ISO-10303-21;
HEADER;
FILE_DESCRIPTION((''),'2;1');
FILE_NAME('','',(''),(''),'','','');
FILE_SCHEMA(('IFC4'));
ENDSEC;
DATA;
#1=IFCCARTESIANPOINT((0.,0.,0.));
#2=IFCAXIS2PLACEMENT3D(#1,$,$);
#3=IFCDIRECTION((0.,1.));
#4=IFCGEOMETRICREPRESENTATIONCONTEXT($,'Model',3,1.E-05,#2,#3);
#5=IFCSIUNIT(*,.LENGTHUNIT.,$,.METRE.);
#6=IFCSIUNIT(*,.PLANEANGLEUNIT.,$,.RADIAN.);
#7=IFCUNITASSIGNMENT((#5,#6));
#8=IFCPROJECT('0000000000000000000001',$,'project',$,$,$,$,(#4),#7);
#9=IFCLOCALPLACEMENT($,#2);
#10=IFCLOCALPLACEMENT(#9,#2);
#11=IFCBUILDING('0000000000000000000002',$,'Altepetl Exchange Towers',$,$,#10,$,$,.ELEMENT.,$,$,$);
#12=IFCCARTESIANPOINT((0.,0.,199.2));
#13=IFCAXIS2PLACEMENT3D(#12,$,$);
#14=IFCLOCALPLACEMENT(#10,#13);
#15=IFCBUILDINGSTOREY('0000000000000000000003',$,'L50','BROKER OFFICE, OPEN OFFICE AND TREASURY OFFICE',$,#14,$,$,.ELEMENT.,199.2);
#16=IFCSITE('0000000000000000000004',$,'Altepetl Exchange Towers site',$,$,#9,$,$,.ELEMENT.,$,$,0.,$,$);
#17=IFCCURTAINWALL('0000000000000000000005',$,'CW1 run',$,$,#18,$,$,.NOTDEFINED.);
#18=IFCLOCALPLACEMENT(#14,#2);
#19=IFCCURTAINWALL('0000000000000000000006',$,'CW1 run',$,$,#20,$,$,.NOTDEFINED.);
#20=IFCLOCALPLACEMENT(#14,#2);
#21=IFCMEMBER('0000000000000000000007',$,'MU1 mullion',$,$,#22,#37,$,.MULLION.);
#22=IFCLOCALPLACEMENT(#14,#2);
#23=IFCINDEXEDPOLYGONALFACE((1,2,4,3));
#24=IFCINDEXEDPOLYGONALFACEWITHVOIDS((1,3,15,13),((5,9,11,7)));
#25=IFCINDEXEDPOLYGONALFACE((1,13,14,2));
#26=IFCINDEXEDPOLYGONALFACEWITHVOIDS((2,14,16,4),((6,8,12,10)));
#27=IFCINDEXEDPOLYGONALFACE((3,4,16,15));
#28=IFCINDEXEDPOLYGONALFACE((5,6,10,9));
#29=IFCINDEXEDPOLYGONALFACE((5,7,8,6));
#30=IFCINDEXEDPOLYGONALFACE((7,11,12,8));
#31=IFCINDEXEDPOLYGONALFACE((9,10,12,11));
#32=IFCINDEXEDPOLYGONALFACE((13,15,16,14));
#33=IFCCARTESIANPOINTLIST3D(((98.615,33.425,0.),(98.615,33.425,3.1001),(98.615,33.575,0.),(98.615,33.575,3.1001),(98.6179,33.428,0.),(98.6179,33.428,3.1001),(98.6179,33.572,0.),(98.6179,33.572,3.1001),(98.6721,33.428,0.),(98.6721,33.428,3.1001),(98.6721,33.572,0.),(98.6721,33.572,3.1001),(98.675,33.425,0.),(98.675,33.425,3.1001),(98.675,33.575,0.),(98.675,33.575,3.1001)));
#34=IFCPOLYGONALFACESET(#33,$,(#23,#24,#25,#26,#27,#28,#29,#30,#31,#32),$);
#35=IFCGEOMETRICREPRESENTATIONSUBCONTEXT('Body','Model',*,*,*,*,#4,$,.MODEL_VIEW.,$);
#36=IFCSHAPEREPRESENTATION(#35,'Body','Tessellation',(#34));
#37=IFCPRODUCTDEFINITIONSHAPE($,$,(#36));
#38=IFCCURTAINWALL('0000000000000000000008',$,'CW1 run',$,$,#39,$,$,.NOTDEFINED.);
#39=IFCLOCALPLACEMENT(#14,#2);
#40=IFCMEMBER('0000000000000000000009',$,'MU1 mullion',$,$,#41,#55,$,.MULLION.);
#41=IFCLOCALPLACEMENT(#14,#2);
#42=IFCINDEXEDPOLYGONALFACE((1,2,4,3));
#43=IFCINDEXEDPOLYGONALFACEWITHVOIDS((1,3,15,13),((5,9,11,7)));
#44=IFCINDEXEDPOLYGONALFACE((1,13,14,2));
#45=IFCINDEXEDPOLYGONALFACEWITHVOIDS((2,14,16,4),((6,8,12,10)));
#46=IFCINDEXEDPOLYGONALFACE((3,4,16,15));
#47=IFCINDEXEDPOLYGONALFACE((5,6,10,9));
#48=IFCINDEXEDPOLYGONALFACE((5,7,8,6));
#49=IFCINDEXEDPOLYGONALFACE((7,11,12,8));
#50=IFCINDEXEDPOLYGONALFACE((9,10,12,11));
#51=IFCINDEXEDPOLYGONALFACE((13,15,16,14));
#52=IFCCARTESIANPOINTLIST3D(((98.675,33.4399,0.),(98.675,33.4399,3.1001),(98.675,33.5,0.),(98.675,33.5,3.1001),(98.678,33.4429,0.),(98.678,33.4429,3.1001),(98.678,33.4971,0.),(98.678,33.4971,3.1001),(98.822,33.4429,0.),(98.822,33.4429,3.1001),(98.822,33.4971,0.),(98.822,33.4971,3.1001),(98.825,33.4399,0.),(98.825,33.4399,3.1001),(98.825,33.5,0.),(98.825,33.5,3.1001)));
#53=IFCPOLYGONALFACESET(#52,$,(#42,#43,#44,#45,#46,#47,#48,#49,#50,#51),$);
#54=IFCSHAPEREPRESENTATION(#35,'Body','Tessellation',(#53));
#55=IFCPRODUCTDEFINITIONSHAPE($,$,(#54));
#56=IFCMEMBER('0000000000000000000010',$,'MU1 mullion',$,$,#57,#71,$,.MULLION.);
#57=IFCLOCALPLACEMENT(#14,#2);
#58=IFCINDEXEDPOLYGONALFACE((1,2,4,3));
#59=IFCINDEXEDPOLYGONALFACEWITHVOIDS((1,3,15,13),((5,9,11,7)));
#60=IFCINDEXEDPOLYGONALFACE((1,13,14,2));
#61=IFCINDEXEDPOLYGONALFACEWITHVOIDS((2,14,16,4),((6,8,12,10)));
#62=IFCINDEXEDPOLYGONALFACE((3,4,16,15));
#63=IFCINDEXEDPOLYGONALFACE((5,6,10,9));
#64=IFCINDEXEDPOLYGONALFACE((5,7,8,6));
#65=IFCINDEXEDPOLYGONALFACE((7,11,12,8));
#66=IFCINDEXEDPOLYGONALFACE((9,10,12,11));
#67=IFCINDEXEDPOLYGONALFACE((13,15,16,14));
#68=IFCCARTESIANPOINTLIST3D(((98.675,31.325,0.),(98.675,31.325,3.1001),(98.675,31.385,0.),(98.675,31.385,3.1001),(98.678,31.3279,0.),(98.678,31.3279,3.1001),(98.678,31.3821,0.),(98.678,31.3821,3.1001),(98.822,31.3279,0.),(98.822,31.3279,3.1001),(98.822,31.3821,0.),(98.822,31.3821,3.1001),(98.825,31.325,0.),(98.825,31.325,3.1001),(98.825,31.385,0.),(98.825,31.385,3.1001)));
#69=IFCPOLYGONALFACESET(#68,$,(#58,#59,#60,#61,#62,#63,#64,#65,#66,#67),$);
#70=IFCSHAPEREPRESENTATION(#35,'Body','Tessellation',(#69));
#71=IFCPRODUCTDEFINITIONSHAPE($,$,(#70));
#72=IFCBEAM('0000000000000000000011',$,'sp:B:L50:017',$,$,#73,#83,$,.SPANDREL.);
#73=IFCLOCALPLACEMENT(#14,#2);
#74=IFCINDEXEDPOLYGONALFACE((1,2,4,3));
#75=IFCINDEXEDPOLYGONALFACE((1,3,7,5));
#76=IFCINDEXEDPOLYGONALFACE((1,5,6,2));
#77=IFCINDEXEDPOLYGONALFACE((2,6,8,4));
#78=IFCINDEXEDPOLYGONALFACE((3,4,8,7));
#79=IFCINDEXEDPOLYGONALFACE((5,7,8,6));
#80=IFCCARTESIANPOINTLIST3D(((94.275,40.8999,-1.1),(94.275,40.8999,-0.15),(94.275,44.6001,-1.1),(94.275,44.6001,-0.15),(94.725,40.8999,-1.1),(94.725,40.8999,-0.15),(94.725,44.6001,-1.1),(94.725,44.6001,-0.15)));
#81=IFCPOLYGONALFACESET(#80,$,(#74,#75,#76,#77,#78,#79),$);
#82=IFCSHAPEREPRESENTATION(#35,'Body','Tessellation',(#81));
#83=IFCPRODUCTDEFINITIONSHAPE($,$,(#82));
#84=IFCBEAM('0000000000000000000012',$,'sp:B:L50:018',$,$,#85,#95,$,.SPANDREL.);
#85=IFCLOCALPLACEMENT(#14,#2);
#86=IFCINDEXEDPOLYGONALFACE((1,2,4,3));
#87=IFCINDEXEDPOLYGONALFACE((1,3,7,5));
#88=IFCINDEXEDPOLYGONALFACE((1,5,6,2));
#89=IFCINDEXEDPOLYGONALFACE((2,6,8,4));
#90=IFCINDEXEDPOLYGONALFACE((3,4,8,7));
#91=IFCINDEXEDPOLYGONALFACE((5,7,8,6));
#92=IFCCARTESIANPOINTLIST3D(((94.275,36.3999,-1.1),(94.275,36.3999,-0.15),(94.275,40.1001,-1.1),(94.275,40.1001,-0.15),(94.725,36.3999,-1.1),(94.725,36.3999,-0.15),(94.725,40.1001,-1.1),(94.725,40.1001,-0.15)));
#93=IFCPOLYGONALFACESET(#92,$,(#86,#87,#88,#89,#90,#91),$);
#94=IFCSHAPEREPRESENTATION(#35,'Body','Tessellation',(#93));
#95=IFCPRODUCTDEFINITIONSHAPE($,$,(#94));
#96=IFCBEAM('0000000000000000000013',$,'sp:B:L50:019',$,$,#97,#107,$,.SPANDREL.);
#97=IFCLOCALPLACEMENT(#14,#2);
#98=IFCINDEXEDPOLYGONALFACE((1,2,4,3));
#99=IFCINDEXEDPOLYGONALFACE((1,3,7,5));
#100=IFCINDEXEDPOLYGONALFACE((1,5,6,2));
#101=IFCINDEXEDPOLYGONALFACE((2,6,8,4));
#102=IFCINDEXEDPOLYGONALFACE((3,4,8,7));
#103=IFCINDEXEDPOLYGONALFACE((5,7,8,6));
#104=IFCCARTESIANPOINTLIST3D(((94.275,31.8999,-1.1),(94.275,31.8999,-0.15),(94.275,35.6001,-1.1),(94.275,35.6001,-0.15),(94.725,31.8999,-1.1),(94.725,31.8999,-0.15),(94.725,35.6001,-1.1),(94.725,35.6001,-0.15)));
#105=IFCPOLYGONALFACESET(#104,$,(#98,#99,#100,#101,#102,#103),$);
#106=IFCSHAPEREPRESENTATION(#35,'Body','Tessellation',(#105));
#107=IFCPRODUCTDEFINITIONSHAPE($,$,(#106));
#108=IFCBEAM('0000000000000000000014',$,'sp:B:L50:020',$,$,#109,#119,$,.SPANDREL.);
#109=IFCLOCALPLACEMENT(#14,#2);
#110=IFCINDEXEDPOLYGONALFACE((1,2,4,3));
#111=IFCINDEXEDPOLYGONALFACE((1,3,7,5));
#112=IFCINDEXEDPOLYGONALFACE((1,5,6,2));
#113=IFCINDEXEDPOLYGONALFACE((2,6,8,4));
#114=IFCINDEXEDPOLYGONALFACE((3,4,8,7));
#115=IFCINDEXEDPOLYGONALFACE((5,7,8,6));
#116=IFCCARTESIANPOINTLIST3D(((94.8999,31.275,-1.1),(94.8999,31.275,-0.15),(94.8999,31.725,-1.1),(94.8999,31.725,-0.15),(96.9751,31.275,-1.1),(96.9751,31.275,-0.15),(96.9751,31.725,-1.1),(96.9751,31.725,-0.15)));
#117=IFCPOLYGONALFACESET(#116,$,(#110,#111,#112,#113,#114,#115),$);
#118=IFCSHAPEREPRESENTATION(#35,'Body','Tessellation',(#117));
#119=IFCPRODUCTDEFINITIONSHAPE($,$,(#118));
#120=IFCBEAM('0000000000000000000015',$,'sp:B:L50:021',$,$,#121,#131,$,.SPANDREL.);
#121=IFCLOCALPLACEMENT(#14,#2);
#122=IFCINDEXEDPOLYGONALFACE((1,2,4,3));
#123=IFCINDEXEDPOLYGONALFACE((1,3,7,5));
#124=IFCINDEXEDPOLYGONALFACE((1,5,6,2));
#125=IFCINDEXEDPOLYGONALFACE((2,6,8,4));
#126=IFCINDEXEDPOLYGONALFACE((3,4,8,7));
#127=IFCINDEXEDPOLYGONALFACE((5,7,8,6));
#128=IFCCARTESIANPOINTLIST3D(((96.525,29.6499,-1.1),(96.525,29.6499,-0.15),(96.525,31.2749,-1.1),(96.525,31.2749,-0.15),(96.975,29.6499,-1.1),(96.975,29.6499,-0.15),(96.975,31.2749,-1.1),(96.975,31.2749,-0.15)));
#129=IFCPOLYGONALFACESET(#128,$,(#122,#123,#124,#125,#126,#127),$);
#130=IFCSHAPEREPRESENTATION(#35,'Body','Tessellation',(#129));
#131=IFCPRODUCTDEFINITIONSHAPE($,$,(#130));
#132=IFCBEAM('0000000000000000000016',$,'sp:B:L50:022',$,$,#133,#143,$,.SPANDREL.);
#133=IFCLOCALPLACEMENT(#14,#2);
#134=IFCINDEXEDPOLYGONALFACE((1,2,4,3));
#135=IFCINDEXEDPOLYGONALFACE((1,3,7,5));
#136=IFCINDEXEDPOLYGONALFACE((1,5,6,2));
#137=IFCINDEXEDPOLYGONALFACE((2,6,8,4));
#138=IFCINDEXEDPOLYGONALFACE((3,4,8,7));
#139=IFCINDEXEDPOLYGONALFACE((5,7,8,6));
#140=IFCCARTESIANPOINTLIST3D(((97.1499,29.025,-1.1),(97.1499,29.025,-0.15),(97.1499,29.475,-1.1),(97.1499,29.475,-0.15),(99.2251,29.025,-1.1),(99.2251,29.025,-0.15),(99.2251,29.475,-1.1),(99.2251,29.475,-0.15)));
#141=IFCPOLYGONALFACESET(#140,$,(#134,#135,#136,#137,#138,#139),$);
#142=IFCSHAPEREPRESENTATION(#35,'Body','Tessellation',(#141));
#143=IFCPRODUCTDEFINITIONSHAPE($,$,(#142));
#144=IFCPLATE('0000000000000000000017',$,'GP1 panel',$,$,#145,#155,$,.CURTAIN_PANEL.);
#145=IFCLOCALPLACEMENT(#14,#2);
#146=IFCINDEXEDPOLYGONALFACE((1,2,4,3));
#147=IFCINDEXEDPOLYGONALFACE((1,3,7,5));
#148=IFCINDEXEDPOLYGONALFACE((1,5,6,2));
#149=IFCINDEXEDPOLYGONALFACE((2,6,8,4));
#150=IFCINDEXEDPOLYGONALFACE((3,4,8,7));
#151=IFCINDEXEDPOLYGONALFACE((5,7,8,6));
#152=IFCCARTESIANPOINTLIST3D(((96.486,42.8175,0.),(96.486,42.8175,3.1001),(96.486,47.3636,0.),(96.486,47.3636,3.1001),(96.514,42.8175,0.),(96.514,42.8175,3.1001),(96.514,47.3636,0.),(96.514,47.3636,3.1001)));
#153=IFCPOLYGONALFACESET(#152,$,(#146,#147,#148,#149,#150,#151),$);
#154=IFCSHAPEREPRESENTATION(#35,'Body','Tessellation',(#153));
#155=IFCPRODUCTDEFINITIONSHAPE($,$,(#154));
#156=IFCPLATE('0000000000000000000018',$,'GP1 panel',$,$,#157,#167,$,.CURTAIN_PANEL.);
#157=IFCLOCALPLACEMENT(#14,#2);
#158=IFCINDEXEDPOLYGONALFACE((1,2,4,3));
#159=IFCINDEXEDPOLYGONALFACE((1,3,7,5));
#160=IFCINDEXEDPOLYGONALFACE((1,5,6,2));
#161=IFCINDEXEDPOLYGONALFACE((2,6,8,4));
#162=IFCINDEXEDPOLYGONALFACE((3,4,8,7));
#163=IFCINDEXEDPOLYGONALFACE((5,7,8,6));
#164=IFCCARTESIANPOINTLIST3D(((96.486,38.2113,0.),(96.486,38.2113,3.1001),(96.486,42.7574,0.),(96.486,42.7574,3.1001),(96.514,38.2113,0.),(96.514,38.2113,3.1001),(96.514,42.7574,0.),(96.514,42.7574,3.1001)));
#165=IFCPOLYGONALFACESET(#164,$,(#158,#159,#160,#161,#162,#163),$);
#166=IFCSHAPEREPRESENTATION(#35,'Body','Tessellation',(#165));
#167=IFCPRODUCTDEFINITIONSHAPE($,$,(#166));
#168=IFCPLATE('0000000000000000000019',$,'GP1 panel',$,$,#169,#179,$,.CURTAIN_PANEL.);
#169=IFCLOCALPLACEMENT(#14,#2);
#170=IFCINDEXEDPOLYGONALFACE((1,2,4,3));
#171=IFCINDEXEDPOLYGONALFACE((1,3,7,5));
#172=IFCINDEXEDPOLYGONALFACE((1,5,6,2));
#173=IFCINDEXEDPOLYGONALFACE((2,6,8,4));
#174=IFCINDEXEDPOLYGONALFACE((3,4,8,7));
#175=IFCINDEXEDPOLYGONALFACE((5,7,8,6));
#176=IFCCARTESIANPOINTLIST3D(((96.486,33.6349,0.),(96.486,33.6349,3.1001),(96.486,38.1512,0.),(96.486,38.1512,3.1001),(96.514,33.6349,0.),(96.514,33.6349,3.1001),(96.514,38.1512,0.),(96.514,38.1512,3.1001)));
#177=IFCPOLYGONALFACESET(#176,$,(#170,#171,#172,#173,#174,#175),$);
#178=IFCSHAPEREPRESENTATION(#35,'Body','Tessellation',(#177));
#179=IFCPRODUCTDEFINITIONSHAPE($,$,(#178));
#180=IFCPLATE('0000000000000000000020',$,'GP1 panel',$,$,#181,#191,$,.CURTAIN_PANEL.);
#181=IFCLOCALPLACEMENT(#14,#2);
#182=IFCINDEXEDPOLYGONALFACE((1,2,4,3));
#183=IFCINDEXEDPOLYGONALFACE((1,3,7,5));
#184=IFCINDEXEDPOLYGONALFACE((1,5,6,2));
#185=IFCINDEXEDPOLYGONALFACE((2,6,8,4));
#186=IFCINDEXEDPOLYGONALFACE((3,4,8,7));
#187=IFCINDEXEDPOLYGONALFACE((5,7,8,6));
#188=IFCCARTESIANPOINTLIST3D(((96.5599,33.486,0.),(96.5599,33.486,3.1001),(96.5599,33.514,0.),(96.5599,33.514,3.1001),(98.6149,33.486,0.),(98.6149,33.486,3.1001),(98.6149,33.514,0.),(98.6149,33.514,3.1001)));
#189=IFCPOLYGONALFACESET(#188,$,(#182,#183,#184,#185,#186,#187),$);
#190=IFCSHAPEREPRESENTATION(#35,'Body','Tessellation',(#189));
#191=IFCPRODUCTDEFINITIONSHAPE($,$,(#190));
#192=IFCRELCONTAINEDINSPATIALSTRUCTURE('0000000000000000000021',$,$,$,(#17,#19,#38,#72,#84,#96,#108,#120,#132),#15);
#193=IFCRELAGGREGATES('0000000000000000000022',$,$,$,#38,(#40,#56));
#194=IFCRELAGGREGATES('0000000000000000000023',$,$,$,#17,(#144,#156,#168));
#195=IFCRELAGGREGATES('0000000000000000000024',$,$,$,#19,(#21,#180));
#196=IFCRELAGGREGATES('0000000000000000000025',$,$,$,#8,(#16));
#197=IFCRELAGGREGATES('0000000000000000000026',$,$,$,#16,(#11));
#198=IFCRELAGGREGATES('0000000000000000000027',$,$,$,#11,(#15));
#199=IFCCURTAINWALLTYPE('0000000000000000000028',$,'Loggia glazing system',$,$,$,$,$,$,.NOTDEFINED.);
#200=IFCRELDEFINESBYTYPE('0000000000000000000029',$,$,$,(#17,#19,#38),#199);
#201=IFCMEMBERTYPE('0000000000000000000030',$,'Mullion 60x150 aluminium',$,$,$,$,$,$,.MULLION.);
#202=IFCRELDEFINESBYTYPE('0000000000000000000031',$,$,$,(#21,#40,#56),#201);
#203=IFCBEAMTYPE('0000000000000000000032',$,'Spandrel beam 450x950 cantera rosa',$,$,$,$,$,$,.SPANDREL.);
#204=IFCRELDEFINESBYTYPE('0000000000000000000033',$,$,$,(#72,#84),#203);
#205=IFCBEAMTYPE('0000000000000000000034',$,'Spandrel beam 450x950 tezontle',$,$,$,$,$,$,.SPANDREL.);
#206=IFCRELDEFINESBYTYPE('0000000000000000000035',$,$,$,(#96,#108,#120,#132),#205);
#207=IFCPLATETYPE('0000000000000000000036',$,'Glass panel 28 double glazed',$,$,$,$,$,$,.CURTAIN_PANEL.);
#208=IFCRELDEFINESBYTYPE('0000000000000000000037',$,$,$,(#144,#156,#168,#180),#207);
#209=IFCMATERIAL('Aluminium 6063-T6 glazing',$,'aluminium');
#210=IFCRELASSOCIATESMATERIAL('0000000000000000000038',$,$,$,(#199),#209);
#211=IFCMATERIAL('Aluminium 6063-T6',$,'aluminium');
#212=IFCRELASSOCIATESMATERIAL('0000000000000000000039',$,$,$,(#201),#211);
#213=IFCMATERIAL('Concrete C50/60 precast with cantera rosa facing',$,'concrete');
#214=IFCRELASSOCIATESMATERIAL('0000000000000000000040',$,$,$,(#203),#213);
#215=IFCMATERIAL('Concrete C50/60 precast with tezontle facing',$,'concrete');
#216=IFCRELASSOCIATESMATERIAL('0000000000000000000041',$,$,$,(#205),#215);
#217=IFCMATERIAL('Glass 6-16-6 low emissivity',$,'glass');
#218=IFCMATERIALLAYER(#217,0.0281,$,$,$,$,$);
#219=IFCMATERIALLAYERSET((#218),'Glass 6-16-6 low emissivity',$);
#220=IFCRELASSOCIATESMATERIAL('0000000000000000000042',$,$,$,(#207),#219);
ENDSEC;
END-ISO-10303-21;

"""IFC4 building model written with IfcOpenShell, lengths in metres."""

from ifc_helpers import new_model, si_unit, direction, frame, origin, origin_2d, place, context, subcontext, project, spatial, rectangle, hollow_rectangle, extrude, material, layer, layer_set, material_profile, profile_set, type_object, element, aggregate, save


model = new_model("IFC4")

# Units and contexts
model_context = context("Model", 3, precision=1e-05, world=origin(), true_north=direction((0.0, 1.0)))
body_context = subcontext(model_context, "Body", "Model", "MODEL_VIEW")
ifc_project = project(units=[si_unit("LENGTHUNIT", "METRE"), si_unit("PLANEANGLEUNIT", "RADIAN")], contexts=[model_context])

# Site, building, storey
site_placement = place(None, origin())
site = spatial("IfcSite", under=ifc_project, at=site_placement, Name="Altepetl Exchange Towers site", CompositionType="ELEMENT", RefElevation=0.0)
building_placement = place(site_placement, origin())
building = spatial("IfcBuilding", under=site, at=building_placement, Name="Altepetl Exchange Towers", CompositionType="ELEMENT")
storey_placement = place(building_placement, frame((0.0, 0.0, 199.2)))
storey = spatial("IfcBuildingStorey", under=building, at=storey_placement, Name="L50", Description="BROKER OFFICE, OPEN OFFICE AND TREASURY OFFICE", CompositionType="ELEMENT", Elevation=199.2)

# Curtain walls, members
ifc_material_1 = material(Name="Aluminium 6063-T6 glazing", Category="aluminium")
curtain_wall_type = type_object("IfcCurtainWallType", Name="Loggia glazing system", PredefinedType="NOTDEFINED", material=ifc_material_1)
curtain_wall_1_placement = place(storey_placement, origin())
curtain_wall_1 = element("IfcCurtainWall", 1, at=curtain_wall_1_placement, inside=storey, type_object=curtain_wall_type, Name="CW1 run", PredefinedType="NOTDEFINED")
ifc_material_2 = material(Name="Aluminium 6063-T6", Category="aluminium")
ifc_material_profile_1 = material_profile(ifc_material_2, hollow_rectangle(XDim=0.0601, YDim=0.1499, WallThickness=0.0029, at=origin_2d()), Name="Mullion 60x150 aluminium")
ifc_profile_set_1 = profile_set([ifc_material_profile_1], Name="Aluminium 6063-T6")
member_type = type_object("IfcMemberType", Name="Mullion 60x150 aluminium", PredefinedType="MULLION", material=ifc_profile_set_1)
curtain_wall_2_placement = place(storey_placement, origin())
curtain_wall_2 = element("IfcCurtainWall", 2, at=curtain_wall_2_placement, inside=storey, type_object=curtain_wall_type, Name="CW1 run", PredefinedType="NOTDEFINED")
member_1_placement = place(storey_placement, frame((98.645, 33.5, 0.0)))
member_1 = element("IfcMember", 3, at=member_1_placement, type_object=member_type, Name="MU1 mullion", PredefinedType="MULLION", context=body_context, shape_type="SweptSolid", body=[
    extrude(hollow_rectangle(XDim=0.0601, YDim=0.1499, WallThickness=0.0029, at=origin_2d()), origin(), (0.0, 0.0, 1.0), 3.1001),
])
curtain_wall_3_placement = place(storey_placement, origin())
curtain_wall_3 = element("IfcCurtainWall", 4, at=curtain_wall_3_placement, inside=storey, type_object=curtain_wall_type, Name="CW1 run", PredefinedType="NOTDEFINED")
member_2_placement = place(storey_placement, frame((98.75, 33.47, 0.0), z_axis=(0.0, 0.0, 1.0), x_axis=(0.0, -1.0, 0.0)))
member_2 = element("IfcMember", 5, at=member_2_placement, type_object=member_type, Name="MU1 mullion", PredefinedType="MULLION", context=body_context, shape_type="SweptSolid", body=[
    extrude(hollow_rectangle(XDim=0.0601, YDim=0.1499, WallThickness=0.0029, at=origin_2d()), origin(), (0.0, 0.0, 1.0), 3.1001),
])
member_3_placement = place(storey_placement, frame((98.75, 31.355, 0.0), z_axis=(0.0, 0.0, 1.0), x_axis=(0.0, -1.0, 0.0)))
member_3 = element("IfcMember", 6, at=member_3_placement, type_object=member_type, Name="MU1 mullion", PredefinedType="MULLION", context=body_context, shape_type="SweptSolid", body=[
    extrude(hollow_rectangle(XDim=0.0601, YDim=0.1499, WallThickness=0.0029, at=origin_2d()), origin(), (0.0, 0.0, 1.0), 3.1001),
])
aggregate(curtain_wall_3, [member_2, member_3])

# Beams
ifc_material_3 = material(Name="Concrete C50/60 precast with cantera rosa facing", Category="concrete")
ifc_material_profile_2 = material_profile(ifc_material_3, rectangle(XDim=0.45, YDim=0.95, at=origin_2d()), Name="450 x 950")
ifc_profile_set_2 = profile_set([ifc_material_profile_2], Name="Concrete C50/60 precast with cantera rosa facing")
beam_type_1 = type_object("IfcBeamType", Name="Spandrel beam 450x950 cantera rosa", PredefinedType="SPANDREL", material=ifc_profile_set_2)
for number, where, z_axis, x_axis, name in (
    (7, (94.5, 44.6001, -0.625), (0.0, -1.0, 0.0), (1.0, 0.0, 0.0), "sp:B:L50:017"),
    (8, (94.5, 40.1001, -0.625), (0.0, -1.0, 0.0), (1.0, 0.0, 0.0), "sp:B:L50:018"),
):
    element("IfcBeam", number, at=place(storey_placement, frame(where, z_axis=z_axis, x_axis=x_axis)), inside=storey, type_object=beam_type_1, Name=name, PredefinedType="SPANDREL", context=body_context, shape_type="SweptSolid", body=[
        extrude(rectangle(XDim=0.45, YDim=0.95, at=origin_2d()), origin(), (0.0, 0.0, 1.0), 3.7002),
    ])
ifc_material_4 = material(Name="Concrete C50/60 precast with tezontle facing", Category="concrete")
ifc_material_profile_3 = material_profile(ifc_material_4, rectangle(XDim=0.45, YDim=0.95, at=origin_2d()), Name="450 x 950")
ifc_profile_set_3 = profile_set([ifc_material_profile_3], Name="Concrete C50/60 precast with tezontle facing")
beam_type_2 = type_object("IfcBeamType", Name="Spandrel beam 450x950 tezontle", PredefinedType="SPANDREL", material=ifc_profile_set_3)
beam_1_placement = place(storey_placement, frame((94.5, 35.6001, -0.625), z_axis=(0.0, -1.0, 0.0), x_axis=(1.0, 0.0, 0.0)))
element("IfcBeam", 9, at=beam_1_placement, inside=storey, type_object=beam_type_2, Name="sp:B:L50:019", PredefinedType="SPANDREL", context=body_context, shape_type="SweptSolid", body=[
    extrude(rectangle(XDim=0.45, YDim=0.95, at=origin_2d()), origin(), (0.0, 0.0, 1.0), 3.7002),
])
beam_2_placement = place(storey_placement, frame((94.8999, 31.5, -0.625), z_axis=(1.0, 0.0, 0.0), x_axis=(0.0, 1.0, 0.0)))
element("IfcBeam", 10, at=beam_2_placement, inside=storey, type_object=beam_type_2, Name="sp:B:L50:020", PredefinedType="SPANDREL", context=body_context, shape_type="SweptSolid", body=[
    extrude(rectangle(XDim=0.45, YDim=0.95, at=origin_2d()), origin(), (0.0, 0.0, 1.0), 2.0752),
])
beam_3_placement = place(storey_placement, frame((96.75, 31.2749, -0.625), z_axis=(0.0, -1.0, 0.0), x_axis=(1.0, 0.0, 0.0)))
element("IfcBeam", 11, at=beam_3_placement, inside=storey, type_object=beam_type_2, Name="sp:B:L50:021", PredefinedType="SPANDREL", context=body_context, shape_type="SweptSolid", body=[
    extrude(rectangle(XDim=0.45, YDim=0.95, at=origin_2d()), origin(), (0.0, 0.0, 1.0), 1.625),
])
beam_4_placement = place(storey_placement, frame((97.1499, 29.25, -0.625), z_axis=(1.0, 0.0, 0.0), x_axis=(0.0, 1.0, 0.0)))
element("IfcBeam", 12, at=beam_4_placement, inside=storey, type_object=beam_type_2, Name="sp:B:L50:022", PredefinedType="SPANDREL", context=body_context, shape_type="SweptSolid", body=[
    extrude(rectangle(XDim=0.45, YDim=0.95, at=origin_2d()), origin(), (0.0, 0.0, 1.0), 2.0752),
])

# Plates
ifc_material_5 = material(Name="Glass 6-16-6 low emissivity", Category="glass")
ifc_layer_1 = layer(ifc_material_5, 0.0281)
ifc_layer_set_1 = layer_set([ifc_layer_1], Name="Glass 6-16-6 low emissivity")
plate_type = type_object("IfcPlateType", Name="Glass panel 28 double glazed", PredefinedType="CURTAIN_PANEL", material=ifc_layer_set_1)
plate_1_placement = place(storey_placement, frame((96.5, 45.0906, 0.0), z_axis=(0.0, 0.0, 1.0), x_axis=(0.0, -1.0, 0.0)))
plate_1 = element("IfcPlate", 13, at=plate_1_placement, type_object=plate_type, Name="GP1 panel", PredefinedType="CURTAIN_PANEL", context=body_context, shape_type="SweptSolid", body=[
    extrude(rectangle(XDim=4.5461, YDim=0.0281, at=origin_2d()), origin(), (0.0, 0.0, 1.0), 3.1001),
])
plate_2_placement = place(storey_placement, frame((96.5, 40.4844, 0.0), z_axis=(0.0, 0.0, 1.0), x_axis=(0.0, -1.0, 0.0)))
plate_2 = element("IfcPlate", 14, at=plate_2_placement, type_object=plate_type, Name="GP1 panel", PredefinedType="CURTAIN_PANEL", context=body_context, shape_type="SweptSolid", body=[
    extrude(rectangle(XDim=4.5461, YDim=0.0281, at=origin_2d()), origin(), (0.0, 0.0, 1.0), 3.1001),
])
plate_3_placement = place(storey_placement, frame((96.5, 35.8931, 0.0), z_axis=(0.0, 0.0, 1.0), x_axis=(0.0, -1.0, 0.0)))
plate_3 = element("IfcPlate", 15, at=plate_3_placement, type_object=plate_type, Name="GP1 panel", PredefinedType="CURTAIN_PANEL", context=body_context, shape_type="SweptSolid", body=[
    extrude(rectangle(XDim=4.5164, YDim=0.0281, at=origin_2d()), origin(), (0.0, 0.0, 1.0), 3.1001),
])
aggregate(curtain_wall_1, [plate_1, plate_2, plate_3])
plate_4_placement = place(storey_placement, frame((97.5874, 33.5, 0.0)))
plate_4 = element("IfcPlate", 16, at=plate_4_placement, type_object=plate_type, Name="GP1 panel", PredefinedType="CURTAIN_PANEL", context=body_context, shape_type="SweptSolid", body=[
    extrude(rectangle(XDim=2.0549, YDim=0.0281, at=origin_2d()), origin(), (0.0, 0.0, 1.0), 3.1001),
])
aggregate(curtain_wall_2, [member_1, plate_4])

save(model, "model.ifc")
